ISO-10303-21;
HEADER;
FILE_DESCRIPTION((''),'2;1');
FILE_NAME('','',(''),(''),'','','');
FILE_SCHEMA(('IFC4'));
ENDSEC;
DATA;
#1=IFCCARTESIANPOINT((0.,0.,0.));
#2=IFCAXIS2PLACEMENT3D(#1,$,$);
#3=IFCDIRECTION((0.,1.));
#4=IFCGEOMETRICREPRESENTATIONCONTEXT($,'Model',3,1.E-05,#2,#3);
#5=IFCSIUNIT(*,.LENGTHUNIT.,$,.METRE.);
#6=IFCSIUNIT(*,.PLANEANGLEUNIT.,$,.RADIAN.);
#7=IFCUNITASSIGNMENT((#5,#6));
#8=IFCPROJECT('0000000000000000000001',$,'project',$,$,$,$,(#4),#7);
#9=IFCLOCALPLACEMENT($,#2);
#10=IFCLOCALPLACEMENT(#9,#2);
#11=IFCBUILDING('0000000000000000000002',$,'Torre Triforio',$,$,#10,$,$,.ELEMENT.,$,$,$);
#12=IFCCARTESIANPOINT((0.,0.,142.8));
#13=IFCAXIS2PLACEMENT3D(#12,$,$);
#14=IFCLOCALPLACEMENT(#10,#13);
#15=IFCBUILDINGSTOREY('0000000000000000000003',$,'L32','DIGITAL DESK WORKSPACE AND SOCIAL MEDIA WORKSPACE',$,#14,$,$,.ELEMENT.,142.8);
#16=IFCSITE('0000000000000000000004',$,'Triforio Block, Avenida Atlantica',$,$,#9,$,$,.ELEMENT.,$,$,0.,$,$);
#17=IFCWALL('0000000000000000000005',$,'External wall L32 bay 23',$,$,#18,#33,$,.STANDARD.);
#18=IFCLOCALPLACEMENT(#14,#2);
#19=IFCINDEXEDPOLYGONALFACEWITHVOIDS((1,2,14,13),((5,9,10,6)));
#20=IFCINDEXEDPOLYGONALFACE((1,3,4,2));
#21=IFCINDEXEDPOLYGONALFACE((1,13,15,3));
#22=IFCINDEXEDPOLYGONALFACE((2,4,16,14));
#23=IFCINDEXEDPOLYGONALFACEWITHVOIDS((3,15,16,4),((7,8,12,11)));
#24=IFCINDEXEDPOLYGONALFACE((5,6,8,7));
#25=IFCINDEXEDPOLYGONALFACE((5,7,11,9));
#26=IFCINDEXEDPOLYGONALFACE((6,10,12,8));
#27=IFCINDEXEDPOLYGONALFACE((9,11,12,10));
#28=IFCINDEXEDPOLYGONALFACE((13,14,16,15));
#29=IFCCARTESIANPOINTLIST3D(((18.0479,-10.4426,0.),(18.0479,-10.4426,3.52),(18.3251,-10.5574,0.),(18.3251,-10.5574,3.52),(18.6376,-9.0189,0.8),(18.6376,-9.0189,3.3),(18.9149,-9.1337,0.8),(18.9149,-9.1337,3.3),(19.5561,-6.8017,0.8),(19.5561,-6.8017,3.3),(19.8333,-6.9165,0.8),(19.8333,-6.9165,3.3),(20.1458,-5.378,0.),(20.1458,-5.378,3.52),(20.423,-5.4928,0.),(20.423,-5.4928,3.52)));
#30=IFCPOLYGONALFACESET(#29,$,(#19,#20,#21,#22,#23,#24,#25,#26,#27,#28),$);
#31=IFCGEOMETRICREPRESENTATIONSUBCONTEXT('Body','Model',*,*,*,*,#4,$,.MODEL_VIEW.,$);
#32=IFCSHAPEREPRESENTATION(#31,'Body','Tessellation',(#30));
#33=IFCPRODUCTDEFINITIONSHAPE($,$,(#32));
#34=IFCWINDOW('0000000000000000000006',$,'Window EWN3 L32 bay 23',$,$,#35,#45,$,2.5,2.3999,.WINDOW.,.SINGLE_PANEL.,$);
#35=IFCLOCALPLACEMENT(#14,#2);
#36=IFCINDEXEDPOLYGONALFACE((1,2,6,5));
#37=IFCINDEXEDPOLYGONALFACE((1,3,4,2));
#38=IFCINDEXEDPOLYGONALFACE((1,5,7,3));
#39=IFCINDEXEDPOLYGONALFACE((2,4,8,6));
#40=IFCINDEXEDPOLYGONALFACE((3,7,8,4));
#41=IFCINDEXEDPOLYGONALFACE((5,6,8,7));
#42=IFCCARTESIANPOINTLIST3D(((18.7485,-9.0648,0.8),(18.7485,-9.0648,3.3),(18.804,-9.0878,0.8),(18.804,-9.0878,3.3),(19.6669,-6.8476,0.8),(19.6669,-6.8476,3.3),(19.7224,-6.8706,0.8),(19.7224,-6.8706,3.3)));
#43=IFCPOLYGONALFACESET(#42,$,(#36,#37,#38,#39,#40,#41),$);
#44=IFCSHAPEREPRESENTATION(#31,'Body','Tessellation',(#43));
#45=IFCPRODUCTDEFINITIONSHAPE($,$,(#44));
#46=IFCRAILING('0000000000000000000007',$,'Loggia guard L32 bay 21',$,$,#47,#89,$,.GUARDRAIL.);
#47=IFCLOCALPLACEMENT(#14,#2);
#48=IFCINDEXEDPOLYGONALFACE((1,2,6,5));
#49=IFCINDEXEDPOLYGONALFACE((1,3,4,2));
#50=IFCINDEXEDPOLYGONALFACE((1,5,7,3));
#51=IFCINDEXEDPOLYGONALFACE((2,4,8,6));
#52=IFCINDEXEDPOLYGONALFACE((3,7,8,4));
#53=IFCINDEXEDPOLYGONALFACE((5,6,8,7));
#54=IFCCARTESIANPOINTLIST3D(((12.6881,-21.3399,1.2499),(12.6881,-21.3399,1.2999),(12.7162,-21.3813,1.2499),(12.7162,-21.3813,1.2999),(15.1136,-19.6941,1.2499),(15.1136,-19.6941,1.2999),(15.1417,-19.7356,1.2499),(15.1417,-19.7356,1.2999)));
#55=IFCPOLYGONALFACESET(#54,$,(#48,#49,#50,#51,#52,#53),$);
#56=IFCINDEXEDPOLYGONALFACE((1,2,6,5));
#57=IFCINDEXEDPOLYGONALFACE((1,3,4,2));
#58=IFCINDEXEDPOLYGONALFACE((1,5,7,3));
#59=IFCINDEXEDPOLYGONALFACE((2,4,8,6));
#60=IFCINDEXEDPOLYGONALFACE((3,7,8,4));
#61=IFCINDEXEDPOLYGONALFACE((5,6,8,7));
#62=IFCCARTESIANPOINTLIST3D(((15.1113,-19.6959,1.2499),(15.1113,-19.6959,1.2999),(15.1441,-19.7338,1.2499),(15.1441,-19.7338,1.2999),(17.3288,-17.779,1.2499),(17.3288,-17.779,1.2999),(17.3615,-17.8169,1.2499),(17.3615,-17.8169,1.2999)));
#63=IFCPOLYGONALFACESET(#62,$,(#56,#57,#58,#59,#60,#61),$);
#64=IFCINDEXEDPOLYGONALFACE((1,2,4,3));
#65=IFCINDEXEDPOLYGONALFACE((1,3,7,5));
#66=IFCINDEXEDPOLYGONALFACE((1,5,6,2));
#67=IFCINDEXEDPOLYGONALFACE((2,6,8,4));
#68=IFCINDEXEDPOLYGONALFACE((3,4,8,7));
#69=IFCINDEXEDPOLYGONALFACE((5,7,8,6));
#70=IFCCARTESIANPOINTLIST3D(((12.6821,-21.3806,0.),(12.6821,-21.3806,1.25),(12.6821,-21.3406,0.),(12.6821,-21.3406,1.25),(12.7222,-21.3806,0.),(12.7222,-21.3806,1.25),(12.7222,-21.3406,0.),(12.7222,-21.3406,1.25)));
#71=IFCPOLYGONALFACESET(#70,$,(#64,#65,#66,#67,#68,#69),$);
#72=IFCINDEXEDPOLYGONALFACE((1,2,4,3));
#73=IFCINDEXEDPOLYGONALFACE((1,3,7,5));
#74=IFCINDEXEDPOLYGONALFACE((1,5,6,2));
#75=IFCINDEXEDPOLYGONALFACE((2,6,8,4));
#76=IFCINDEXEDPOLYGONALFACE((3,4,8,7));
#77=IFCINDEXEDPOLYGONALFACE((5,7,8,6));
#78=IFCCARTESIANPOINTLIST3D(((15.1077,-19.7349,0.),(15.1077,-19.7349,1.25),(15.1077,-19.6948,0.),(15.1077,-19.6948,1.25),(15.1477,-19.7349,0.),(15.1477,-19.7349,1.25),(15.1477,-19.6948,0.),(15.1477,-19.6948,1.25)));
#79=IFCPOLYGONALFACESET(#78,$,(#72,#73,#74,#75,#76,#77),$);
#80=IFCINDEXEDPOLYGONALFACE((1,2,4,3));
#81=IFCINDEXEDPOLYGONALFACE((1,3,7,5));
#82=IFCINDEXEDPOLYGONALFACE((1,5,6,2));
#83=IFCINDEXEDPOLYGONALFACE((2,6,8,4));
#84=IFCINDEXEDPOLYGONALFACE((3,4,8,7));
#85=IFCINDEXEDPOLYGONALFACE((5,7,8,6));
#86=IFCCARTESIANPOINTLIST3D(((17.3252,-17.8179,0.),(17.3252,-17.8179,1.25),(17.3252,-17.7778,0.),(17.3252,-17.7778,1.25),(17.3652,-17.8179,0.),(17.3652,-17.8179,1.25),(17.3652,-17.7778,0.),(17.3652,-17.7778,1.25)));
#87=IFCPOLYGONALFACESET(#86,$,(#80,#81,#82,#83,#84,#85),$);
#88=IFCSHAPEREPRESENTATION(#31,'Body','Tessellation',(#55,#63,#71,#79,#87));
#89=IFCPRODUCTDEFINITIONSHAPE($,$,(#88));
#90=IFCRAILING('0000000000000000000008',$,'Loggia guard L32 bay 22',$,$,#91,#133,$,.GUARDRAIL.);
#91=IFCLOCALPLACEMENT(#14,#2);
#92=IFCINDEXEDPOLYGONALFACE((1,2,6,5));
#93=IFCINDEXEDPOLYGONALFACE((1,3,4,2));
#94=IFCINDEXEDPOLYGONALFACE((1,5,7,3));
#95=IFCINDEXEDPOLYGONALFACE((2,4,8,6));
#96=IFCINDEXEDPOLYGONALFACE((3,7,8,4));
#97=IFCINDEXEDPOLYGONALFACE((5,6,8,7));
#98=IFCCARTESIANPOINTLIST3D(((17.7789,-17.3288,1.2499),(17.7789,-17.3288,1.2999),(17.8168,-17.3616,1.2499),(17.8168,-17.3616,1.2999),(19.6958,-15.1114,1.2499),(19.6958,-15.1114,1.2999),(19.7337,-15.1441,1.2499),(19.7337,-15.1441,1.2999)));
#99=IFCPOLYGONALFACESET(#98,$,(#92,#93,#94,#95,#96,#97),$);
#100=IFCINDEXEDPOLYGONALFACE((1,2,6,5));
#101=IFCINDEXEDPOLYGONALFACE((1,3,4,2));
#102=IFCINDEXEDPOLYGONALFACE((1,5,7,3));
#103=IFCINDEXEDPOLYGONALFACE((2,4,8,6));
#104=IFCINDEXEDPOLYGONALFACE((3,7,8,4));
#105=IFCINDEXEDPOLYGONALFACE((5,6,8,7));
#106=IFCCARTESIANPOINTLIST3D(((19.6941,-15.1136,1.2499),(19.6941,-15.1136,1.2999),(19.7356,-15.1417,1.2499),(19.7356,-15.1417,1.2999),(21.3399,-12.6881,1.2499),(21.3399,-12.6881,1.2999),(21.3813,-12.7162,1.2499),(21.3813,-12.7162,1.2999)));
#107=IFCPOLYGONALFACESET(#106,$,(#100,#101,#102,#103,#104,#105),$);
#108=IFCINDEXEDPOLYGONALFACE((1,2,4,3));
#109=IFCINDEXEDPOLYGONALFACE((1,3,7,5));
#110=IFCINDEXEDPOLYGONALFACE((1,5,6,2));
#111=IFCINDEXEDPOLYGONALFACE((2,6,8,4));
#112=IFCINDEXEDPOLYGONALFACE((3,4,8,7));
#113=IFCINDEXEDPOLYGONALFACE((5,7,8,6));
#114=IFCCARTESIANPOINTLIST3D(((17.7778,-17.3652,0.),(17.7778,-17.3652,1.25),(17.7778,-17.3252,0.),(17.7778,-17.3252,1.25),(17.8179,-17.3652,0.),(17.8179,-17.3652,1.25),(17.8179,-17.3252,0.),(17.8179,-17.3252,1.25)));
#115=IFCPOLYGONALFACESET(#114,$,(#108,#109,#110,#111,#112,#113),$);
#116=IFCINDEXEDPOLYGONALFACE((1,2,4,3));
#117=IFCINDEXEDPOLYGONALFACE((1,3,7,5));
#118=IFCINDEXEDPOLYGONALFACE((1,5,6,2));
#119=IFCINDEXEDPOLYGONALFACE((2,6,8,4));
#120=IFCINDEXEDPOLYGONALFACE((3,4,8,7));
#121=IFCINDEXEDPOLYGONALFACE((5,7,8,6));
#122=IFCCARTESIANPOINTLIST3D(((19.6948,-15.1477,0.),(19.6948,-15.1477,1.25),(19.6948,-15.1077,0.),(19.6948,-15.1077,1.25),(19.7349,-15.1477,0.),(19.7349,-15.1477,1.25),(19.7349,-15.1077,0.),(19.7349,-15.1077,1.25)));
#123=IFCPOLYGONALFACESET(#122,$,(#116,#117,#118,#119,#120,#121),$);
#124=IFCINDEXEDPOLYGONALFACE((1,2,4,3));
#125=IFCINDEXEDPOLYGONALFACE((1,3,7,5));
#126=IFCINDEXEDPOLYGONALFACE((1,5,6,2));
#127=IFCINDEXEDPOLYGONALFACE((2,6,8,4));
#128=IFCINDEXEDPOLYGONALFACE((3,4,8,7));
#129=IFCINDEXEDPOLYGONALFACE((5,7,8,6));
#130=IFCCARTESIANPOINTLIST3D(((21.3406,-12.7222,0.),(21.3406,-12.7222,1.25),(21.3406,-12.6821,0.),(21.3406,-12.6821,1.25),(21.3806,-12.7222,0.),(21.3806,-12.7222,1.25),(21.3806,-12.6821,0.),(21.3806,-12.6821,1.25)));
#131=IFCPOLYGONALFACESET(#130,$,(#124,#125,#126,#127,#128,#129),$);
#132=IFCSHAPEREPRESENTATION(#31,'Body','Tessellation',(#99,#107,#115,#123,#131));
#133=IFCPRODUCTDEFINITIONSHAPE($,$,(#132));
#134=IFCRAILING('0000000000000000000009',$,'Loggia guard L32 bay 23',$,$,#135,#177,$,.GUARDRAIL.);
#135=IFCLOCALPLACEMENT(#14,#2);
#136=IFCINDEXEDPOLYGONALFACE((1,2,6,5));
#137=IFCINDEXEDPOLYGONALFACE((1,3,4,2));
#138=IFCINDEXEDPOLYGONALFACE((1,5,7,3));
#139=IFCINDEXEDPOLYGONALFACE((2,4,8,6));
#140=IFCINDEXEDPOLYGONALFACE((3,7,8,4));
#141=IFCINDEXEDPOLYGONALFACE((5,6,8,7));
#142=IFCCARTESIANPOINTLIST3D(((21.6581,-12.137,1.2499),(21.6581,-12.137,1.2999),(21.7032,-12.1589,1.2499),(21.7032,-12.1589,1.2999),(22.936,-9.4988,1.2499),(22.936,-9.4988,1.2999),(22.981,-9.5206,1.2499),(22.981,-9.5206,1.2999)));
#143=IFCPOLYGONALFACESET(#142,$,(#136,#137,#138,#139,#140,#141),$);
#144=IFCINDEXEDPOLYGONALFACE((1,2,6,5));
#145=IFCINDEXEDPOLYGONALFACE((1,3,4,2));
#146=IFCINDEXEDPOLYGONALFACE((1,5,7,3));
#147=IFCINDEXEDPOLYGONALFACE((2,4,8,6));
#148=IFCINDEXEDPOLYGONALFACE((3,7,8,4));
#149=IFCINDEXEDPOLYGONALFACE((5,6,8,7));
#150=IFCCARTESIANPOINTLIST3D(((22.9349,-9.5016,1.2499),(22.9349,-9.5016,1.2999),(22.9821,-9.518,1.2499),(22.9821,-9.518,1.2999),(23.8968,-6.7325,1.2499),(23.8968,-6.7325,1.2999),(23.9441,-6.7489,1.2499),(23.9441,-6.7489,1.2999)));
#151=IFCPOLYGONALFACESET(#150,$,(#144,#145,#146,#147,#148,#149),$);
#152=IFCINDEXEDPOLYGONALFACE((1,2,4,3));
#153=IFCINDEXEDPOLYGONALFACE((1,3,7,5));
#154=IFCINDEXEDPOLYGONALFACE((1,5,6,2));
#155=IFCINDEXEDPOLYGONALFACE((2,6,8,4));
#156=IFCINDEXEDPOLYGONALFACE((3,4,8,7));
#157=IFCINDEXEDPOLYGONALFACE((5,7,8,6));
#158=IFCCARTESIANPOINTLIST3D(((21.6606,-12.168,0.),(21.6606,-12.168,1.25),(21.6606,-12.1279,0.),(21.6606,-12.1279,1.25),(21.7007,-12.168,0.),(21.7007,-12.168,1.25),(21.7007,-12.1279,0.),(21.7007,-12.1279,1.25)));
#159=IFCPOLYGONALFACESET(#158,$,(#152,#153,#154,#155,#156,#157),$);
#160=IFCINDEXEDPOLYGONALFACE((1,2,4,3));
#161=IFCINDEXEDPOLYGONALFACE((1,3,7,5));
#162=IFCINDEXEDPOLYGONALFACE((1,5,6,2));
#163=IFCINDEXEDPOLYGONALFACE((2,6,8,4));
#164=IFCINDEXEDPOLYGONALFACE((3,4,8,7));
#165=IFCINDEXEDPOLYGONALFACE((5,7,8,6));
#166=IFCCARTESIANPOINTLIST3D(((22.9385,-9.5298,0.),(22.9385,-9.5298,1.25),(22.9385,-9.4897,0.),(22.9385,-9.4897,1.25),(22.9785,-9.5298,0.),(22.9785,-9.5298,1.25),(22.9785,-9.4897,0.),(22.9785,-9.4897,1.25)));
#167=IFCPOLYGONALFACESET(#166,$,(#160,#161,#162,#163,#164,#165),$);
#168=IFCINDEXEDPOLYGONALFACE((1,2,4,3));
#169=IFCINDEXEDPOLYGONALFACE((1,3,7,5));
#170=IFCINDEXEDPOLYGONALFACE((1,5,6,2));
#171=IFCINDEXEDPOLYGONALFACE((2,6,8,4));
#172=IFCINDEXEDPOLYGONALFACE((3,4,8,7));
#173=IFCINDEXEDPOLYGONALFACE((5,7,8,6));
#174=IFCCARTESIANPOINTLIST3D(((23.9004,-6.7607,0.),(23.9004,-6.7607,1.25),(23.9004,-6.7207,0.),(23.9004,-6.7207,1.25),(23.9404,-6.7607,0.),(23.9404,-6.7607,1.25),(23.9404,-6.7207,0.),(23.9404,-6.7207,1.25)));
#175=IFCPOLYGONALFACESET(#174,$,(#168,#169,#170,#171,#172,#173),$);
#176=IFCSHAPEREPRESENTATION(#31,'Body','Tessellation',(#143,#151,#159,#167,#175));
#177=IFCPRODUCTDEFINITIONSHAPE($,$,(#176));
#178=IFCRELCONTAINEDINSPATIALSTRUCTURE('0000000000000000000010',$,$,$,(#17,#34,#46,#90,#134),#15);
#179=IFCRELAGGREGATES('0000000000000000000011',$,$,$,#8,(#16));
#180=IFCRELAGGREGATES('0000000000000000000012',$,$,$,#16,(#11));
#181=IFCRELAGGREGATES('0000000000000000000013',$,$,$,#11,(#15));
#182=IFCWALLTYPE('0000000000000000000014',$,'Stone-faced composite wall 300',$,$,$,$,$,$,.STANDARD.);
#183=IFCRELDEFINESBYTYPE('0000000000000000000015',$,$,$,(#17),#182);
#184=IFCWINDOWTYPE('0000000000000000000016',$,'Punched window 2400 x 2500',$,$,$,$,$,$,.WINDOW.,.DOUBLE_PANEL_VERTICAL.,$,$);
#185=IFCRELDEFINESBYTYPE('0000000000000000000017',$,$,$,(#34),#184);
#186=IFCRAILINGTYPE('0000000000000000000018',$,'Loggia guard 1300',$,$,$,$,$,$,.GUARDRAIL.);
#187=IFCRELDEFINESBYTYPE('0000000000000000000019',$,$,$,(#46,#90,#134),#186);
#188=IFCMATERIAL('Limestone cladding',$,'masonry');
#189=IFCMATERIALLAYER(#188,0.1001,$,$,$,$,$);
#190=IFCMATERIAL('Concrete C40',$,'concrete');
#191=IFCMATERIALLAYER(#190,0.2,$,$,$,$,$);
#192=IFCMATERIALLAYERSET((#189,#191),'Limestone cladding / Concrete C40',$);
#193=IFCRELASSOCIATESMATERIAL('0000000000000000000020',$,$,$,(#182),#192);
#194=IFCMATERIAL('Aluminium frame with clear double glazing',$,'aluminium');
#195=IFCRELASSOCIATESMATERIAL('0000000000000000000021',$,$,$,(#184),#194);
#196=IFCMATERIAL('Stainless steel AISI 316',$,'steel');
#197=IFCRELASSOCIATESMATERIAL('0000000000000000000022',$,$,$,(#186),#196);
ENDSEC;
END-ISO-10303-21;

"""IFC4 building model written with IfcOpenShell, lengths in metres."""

from ifc_helpers import new_model, si_unit, direction, frame, frame_2d, origin, origin_2d, place, context, subcontext, project, spatial, rectangle, extrude, material, layer, layer_set, type_object, element, fill, save


model = new_model("IFC4")

# Units and contexts
model_context = context("Model", 3, precision=1e-05, world=origin(), true_north=direction((0.0, 1.0)))
body_context = subcontext(model_context, "Body", "Model", "MODEL_VIEW")
ifc_project = project(units=[si_unit("LENGTHUNIT", "METRE"), si_unit("PLANEANGLEUNIT", "RADIAN")], contexts=[model_context])

# Site, building, storey
site_placement = place(None, origin())
site = spatial("IfcSite", under=ifc_project, at=site_placement, Name="Triforio Block, Avenida Atlantica", CompositionType="ELEMENT", RefElevation=0.0)
building_placement = place(site_placement, origin())
building = spatial("IfcBuilding", under=site, at=building_placement, Name="Torre Triforio", CompositionType="ELEMENT")
storey_placement = place(building_placement, frame((0.0, 0.0, 142.8)))
storey = spatial("IfcBuildingStorey", under=building, at=storey_placement, Name="L32", Description="DIGITAL DESK WORKSPACE AND SOCIAL MEDIA WORKSPACE", CompositionType="ELEMENT", Elevation=142.8)

# Shared definitions
ifc_material_1 = material(Name="Limestone cladding", Category="masonry")
ifc_material_2 = material(Name="Concrete C40", Category="concrete")

# Shared definitions
ifc_layer_1 = layer(ifc_material_1, 0.1001)
ifc_layer_2 = layer(ifc_material_2, 0.2)
ifc_layer_set_1 = layer_set([ifc_layer_1, ifc_layer_2], Name="Limestone cladding / Concrete C40")
wall_type_1 = type_object("IfcWallType", Name="Stone-faced composite wall 300", PredefinedType="STANDARD", material=ifc_layer_set_1)
ifc_material_3 = material(Name="Aluminium frame with clear double glazing", Category="aluminium")
window_type_1 = type_object("IfcWindowType", Name="Punched window 2400 x 2500", PartitioningType="DOUBLE_PANEL_VERTICAL", PredefinedType="WINDOW", material=ifc_material_3)

# Wall, opening, window
wall_1_placement = place(storey_placement, frame((18.1865, -10.5, 0.0), z_axis=(0.0, 0.0, 1.0), x_axis=(0.382689, 0.923877, 0.0)))
wall_1 = element("IfcWall", 1, at=wall_1_placement, inside=storey, type_object=wall_type_1, Name="External wall L32 bay 23", PredefinedType="STANDARD", context=body_context, shape_type="SweptSolid", body=[
    extrude(rectangle(XDim=5.4819, YDim=0.3, at=frame_2d((2.741, 0.0))), origin(), (0.0, 0.0, 1.0), 3.52),
])
opening_1_placement = place(wall_1_placement, frame((1.541, 0.0, 0.8)))
opening_1 = element("IfcOpeningElement", 2, at=opening_1_placement, cuts=wall_1, PredefinedType="OPENING", context=body_context, shape_type="SweptSolid", body=[
    extrude(rectangle(XDim=2.3999, YDim=2.5, at=frame_2d((1.2, 1.25))), frame((0.0, 0.1599, 0.0), z_axis=(0.0, -1.0, 0.0), x_axis=(1.0, 0.0, 0.0)), (0.0, 0.0, 1.0), 0.3201),
])
window_1_placement = place(opening_1_placement, origin())
window_1 = element("IfcWindow", 3, at=window_1_placement, inside=storey, type_object=window_type_1, Name="Window EWN3 L32 bay 23", OverallHeight=2.5, OverallWidth=2.3999, PartitioningType="SINGLE_PANEL", PredefinedType="WINDOW", context=body_context, shape_type="SweptSolid", body=[
    extrude(rectangle(XDim=2.3999, YDim=2.5, at=frame_2d((1.2, 1.25))), frame((0.0, 0.03, 0.0), z_axis=(0.0, -1.0, 0.0), x_axis=(1.0, 0.0, 0.0)), (0.0, 0.0, 1.0), 0.0601),
])
fill(opening_1, window_1)

# Railings
ifc_material_4 = material(Name="Stainless steel AISI 316", Category="steel")
railing_type = type_object("IfcRailingType", Name="Loggia guard 1300", PredefinedType="GUARDRAIL", material=ifc_material_4)
railing_1_placement = place(storey_placement, frame((12.7021, -21.3606, 0.0)))
element("IfcRailing", 4, at=railing_1_placement, inside=storey, type_object=railing_type, Name="Loggia guard L32 bay 21", PredefinedType="GUARDRAIL", context=body_context, shape_type="SweptSolid", body=[
    extrude(rectangle(XDim=0.05, YDim=0.05, at=origin_2d()), frame((0.0, 0.0, 1.2749), z_axis=(0.827499, 0.561467, 0.0), x_axis=(-0.561467, 0.827499, 0.0)), (0.0, 0.0, 1.0), 2.9312),
    extrude(rectangle(XDim=0.05, YDim=0.05, at=origin_2d()), frame((2.4255, 1.6458, 1.2749), z_axis=(0.75651, 0.653982, 0.0), x_axis=(-0.653982, 0.75651, 0.0)), (0.0, 0.0, 1.0), 2.9312),
    extrude(rectangle(XDim=0.04, YDim=0.04, at=origin_2d()), origin(), (0.0, 0.0, 1.0), 1.25),
    extrude(rectangle(XDim=0.04, YDim=0.04, at=origin_2d()), frame((2.4255, 1.6458, 0.0)), (0.0, 0.0, 1.0), 1.25),
    extrude(rectangle(XDim=0.04, YDim=0.04, at=origin_2d()), frame((4.6431, 3.5627, 0.0)), (0.0, 0.0, 1.0), 1.25),
])
railing_2_placement = place(storey_placement, frame((17.7979, -17.3452, 0.0)))
element("IfcRailing", 5, at=railing_2_placement, inside=storey, type_object=railing_type, Name="Loggia guard L32 bay 22", PredefinedType="GUARDRAIL", context=body_context, shape_type="SweptSolid", body=[
    extrude(rectangle(XDim=0.05, YDim=0.05, at=origin_2d()), frame((0.0, 0.0, 1.2749), z_axis=(0.653982, 0.75651, 0.0), x_axis=(-0.75651, 0.653982, 0.0)), (0.0, 0.0, 1.0), 2.9312),
    extrude(rectangle(XDim=0.05, YDim=0.05, at=origin_2d()), frame((1.917, 2.2175, 1.2749), z_axis=(0.561467, 0.827499, 0.0), x_axis=(-0.827499, 0.561467, 0.0)), (0.0, 0.0, 1.0), 2.9312),
    extrude(rectangle(XDim=0.04, YDim=0.04, at=origin_2d()), origin(), (0.0, 0.0, 1.0), 1.25),
    extrude(rectangle(XDim=0.04, YDim=0.04, at=origin_2d()), frame((1.917, 2.2175, 0.0)), (0.0, 0.0, 1.0), 1.25),
    extrude(rectangle(XDim=0.04, YDim=0.04, at=origin_2d()), frame((3.5627, 4.6431, 0.0)), (0.0, 0.0, 1.0), 1.25),
])
railing_3_placement = place(storey_placement, frame((21.6807, -12.1479, 0.0)))
element("IfcRailing", 6, at=railing_3_placement, inside=storey, type_object=railing_type, Name="Loggia guard L32 bay 23", PredefinedType="GUARDRAIL", context=body_context, shape_type="SweptSolid", body=[
    extrude(rectangle(XDim=0.05, YDim=0.05, at=origin_2d()), frame((0.0, 0.0, 1.2749), z_axis=(0.435918, 0.899986, 0.0), x_axis=(-0.899986, 0.435918, 0.0)), (0.0, 0.0, 1.0), 2.9314),
    extrude(rectangle(XDim=0.05, YDim=0.05, at=origin_2d()), frame((1.2778, 2.6382, 1.2749), z_axis=(0.328146, 0.944627, 0.0), x_axis=(-0.944627, 0.328146, 0.0)), (0.0, 0.0, 1.0), 2.9314),
    extrude(rectangle(XDim=0.04, YDim=0.04, at=origin_2d()), origin(), (0.0, 0.0, 1.0), 1.25),
    extrude(rectangle(XDim=0.04, YDim=0.04, at=origin_2d()), frame((1.2778, 2.6382, 0.0)), (0.0, 0.0, 1.0), 1.25),
    extrude(rectangle(XDim=0.04, YDim=0.04, at=origin_2d()), frame((2.2397, 5.4072, 0.0)), (0.0, 0.0, 1.0), 1.25),
])

save(model, "model.ifc")
